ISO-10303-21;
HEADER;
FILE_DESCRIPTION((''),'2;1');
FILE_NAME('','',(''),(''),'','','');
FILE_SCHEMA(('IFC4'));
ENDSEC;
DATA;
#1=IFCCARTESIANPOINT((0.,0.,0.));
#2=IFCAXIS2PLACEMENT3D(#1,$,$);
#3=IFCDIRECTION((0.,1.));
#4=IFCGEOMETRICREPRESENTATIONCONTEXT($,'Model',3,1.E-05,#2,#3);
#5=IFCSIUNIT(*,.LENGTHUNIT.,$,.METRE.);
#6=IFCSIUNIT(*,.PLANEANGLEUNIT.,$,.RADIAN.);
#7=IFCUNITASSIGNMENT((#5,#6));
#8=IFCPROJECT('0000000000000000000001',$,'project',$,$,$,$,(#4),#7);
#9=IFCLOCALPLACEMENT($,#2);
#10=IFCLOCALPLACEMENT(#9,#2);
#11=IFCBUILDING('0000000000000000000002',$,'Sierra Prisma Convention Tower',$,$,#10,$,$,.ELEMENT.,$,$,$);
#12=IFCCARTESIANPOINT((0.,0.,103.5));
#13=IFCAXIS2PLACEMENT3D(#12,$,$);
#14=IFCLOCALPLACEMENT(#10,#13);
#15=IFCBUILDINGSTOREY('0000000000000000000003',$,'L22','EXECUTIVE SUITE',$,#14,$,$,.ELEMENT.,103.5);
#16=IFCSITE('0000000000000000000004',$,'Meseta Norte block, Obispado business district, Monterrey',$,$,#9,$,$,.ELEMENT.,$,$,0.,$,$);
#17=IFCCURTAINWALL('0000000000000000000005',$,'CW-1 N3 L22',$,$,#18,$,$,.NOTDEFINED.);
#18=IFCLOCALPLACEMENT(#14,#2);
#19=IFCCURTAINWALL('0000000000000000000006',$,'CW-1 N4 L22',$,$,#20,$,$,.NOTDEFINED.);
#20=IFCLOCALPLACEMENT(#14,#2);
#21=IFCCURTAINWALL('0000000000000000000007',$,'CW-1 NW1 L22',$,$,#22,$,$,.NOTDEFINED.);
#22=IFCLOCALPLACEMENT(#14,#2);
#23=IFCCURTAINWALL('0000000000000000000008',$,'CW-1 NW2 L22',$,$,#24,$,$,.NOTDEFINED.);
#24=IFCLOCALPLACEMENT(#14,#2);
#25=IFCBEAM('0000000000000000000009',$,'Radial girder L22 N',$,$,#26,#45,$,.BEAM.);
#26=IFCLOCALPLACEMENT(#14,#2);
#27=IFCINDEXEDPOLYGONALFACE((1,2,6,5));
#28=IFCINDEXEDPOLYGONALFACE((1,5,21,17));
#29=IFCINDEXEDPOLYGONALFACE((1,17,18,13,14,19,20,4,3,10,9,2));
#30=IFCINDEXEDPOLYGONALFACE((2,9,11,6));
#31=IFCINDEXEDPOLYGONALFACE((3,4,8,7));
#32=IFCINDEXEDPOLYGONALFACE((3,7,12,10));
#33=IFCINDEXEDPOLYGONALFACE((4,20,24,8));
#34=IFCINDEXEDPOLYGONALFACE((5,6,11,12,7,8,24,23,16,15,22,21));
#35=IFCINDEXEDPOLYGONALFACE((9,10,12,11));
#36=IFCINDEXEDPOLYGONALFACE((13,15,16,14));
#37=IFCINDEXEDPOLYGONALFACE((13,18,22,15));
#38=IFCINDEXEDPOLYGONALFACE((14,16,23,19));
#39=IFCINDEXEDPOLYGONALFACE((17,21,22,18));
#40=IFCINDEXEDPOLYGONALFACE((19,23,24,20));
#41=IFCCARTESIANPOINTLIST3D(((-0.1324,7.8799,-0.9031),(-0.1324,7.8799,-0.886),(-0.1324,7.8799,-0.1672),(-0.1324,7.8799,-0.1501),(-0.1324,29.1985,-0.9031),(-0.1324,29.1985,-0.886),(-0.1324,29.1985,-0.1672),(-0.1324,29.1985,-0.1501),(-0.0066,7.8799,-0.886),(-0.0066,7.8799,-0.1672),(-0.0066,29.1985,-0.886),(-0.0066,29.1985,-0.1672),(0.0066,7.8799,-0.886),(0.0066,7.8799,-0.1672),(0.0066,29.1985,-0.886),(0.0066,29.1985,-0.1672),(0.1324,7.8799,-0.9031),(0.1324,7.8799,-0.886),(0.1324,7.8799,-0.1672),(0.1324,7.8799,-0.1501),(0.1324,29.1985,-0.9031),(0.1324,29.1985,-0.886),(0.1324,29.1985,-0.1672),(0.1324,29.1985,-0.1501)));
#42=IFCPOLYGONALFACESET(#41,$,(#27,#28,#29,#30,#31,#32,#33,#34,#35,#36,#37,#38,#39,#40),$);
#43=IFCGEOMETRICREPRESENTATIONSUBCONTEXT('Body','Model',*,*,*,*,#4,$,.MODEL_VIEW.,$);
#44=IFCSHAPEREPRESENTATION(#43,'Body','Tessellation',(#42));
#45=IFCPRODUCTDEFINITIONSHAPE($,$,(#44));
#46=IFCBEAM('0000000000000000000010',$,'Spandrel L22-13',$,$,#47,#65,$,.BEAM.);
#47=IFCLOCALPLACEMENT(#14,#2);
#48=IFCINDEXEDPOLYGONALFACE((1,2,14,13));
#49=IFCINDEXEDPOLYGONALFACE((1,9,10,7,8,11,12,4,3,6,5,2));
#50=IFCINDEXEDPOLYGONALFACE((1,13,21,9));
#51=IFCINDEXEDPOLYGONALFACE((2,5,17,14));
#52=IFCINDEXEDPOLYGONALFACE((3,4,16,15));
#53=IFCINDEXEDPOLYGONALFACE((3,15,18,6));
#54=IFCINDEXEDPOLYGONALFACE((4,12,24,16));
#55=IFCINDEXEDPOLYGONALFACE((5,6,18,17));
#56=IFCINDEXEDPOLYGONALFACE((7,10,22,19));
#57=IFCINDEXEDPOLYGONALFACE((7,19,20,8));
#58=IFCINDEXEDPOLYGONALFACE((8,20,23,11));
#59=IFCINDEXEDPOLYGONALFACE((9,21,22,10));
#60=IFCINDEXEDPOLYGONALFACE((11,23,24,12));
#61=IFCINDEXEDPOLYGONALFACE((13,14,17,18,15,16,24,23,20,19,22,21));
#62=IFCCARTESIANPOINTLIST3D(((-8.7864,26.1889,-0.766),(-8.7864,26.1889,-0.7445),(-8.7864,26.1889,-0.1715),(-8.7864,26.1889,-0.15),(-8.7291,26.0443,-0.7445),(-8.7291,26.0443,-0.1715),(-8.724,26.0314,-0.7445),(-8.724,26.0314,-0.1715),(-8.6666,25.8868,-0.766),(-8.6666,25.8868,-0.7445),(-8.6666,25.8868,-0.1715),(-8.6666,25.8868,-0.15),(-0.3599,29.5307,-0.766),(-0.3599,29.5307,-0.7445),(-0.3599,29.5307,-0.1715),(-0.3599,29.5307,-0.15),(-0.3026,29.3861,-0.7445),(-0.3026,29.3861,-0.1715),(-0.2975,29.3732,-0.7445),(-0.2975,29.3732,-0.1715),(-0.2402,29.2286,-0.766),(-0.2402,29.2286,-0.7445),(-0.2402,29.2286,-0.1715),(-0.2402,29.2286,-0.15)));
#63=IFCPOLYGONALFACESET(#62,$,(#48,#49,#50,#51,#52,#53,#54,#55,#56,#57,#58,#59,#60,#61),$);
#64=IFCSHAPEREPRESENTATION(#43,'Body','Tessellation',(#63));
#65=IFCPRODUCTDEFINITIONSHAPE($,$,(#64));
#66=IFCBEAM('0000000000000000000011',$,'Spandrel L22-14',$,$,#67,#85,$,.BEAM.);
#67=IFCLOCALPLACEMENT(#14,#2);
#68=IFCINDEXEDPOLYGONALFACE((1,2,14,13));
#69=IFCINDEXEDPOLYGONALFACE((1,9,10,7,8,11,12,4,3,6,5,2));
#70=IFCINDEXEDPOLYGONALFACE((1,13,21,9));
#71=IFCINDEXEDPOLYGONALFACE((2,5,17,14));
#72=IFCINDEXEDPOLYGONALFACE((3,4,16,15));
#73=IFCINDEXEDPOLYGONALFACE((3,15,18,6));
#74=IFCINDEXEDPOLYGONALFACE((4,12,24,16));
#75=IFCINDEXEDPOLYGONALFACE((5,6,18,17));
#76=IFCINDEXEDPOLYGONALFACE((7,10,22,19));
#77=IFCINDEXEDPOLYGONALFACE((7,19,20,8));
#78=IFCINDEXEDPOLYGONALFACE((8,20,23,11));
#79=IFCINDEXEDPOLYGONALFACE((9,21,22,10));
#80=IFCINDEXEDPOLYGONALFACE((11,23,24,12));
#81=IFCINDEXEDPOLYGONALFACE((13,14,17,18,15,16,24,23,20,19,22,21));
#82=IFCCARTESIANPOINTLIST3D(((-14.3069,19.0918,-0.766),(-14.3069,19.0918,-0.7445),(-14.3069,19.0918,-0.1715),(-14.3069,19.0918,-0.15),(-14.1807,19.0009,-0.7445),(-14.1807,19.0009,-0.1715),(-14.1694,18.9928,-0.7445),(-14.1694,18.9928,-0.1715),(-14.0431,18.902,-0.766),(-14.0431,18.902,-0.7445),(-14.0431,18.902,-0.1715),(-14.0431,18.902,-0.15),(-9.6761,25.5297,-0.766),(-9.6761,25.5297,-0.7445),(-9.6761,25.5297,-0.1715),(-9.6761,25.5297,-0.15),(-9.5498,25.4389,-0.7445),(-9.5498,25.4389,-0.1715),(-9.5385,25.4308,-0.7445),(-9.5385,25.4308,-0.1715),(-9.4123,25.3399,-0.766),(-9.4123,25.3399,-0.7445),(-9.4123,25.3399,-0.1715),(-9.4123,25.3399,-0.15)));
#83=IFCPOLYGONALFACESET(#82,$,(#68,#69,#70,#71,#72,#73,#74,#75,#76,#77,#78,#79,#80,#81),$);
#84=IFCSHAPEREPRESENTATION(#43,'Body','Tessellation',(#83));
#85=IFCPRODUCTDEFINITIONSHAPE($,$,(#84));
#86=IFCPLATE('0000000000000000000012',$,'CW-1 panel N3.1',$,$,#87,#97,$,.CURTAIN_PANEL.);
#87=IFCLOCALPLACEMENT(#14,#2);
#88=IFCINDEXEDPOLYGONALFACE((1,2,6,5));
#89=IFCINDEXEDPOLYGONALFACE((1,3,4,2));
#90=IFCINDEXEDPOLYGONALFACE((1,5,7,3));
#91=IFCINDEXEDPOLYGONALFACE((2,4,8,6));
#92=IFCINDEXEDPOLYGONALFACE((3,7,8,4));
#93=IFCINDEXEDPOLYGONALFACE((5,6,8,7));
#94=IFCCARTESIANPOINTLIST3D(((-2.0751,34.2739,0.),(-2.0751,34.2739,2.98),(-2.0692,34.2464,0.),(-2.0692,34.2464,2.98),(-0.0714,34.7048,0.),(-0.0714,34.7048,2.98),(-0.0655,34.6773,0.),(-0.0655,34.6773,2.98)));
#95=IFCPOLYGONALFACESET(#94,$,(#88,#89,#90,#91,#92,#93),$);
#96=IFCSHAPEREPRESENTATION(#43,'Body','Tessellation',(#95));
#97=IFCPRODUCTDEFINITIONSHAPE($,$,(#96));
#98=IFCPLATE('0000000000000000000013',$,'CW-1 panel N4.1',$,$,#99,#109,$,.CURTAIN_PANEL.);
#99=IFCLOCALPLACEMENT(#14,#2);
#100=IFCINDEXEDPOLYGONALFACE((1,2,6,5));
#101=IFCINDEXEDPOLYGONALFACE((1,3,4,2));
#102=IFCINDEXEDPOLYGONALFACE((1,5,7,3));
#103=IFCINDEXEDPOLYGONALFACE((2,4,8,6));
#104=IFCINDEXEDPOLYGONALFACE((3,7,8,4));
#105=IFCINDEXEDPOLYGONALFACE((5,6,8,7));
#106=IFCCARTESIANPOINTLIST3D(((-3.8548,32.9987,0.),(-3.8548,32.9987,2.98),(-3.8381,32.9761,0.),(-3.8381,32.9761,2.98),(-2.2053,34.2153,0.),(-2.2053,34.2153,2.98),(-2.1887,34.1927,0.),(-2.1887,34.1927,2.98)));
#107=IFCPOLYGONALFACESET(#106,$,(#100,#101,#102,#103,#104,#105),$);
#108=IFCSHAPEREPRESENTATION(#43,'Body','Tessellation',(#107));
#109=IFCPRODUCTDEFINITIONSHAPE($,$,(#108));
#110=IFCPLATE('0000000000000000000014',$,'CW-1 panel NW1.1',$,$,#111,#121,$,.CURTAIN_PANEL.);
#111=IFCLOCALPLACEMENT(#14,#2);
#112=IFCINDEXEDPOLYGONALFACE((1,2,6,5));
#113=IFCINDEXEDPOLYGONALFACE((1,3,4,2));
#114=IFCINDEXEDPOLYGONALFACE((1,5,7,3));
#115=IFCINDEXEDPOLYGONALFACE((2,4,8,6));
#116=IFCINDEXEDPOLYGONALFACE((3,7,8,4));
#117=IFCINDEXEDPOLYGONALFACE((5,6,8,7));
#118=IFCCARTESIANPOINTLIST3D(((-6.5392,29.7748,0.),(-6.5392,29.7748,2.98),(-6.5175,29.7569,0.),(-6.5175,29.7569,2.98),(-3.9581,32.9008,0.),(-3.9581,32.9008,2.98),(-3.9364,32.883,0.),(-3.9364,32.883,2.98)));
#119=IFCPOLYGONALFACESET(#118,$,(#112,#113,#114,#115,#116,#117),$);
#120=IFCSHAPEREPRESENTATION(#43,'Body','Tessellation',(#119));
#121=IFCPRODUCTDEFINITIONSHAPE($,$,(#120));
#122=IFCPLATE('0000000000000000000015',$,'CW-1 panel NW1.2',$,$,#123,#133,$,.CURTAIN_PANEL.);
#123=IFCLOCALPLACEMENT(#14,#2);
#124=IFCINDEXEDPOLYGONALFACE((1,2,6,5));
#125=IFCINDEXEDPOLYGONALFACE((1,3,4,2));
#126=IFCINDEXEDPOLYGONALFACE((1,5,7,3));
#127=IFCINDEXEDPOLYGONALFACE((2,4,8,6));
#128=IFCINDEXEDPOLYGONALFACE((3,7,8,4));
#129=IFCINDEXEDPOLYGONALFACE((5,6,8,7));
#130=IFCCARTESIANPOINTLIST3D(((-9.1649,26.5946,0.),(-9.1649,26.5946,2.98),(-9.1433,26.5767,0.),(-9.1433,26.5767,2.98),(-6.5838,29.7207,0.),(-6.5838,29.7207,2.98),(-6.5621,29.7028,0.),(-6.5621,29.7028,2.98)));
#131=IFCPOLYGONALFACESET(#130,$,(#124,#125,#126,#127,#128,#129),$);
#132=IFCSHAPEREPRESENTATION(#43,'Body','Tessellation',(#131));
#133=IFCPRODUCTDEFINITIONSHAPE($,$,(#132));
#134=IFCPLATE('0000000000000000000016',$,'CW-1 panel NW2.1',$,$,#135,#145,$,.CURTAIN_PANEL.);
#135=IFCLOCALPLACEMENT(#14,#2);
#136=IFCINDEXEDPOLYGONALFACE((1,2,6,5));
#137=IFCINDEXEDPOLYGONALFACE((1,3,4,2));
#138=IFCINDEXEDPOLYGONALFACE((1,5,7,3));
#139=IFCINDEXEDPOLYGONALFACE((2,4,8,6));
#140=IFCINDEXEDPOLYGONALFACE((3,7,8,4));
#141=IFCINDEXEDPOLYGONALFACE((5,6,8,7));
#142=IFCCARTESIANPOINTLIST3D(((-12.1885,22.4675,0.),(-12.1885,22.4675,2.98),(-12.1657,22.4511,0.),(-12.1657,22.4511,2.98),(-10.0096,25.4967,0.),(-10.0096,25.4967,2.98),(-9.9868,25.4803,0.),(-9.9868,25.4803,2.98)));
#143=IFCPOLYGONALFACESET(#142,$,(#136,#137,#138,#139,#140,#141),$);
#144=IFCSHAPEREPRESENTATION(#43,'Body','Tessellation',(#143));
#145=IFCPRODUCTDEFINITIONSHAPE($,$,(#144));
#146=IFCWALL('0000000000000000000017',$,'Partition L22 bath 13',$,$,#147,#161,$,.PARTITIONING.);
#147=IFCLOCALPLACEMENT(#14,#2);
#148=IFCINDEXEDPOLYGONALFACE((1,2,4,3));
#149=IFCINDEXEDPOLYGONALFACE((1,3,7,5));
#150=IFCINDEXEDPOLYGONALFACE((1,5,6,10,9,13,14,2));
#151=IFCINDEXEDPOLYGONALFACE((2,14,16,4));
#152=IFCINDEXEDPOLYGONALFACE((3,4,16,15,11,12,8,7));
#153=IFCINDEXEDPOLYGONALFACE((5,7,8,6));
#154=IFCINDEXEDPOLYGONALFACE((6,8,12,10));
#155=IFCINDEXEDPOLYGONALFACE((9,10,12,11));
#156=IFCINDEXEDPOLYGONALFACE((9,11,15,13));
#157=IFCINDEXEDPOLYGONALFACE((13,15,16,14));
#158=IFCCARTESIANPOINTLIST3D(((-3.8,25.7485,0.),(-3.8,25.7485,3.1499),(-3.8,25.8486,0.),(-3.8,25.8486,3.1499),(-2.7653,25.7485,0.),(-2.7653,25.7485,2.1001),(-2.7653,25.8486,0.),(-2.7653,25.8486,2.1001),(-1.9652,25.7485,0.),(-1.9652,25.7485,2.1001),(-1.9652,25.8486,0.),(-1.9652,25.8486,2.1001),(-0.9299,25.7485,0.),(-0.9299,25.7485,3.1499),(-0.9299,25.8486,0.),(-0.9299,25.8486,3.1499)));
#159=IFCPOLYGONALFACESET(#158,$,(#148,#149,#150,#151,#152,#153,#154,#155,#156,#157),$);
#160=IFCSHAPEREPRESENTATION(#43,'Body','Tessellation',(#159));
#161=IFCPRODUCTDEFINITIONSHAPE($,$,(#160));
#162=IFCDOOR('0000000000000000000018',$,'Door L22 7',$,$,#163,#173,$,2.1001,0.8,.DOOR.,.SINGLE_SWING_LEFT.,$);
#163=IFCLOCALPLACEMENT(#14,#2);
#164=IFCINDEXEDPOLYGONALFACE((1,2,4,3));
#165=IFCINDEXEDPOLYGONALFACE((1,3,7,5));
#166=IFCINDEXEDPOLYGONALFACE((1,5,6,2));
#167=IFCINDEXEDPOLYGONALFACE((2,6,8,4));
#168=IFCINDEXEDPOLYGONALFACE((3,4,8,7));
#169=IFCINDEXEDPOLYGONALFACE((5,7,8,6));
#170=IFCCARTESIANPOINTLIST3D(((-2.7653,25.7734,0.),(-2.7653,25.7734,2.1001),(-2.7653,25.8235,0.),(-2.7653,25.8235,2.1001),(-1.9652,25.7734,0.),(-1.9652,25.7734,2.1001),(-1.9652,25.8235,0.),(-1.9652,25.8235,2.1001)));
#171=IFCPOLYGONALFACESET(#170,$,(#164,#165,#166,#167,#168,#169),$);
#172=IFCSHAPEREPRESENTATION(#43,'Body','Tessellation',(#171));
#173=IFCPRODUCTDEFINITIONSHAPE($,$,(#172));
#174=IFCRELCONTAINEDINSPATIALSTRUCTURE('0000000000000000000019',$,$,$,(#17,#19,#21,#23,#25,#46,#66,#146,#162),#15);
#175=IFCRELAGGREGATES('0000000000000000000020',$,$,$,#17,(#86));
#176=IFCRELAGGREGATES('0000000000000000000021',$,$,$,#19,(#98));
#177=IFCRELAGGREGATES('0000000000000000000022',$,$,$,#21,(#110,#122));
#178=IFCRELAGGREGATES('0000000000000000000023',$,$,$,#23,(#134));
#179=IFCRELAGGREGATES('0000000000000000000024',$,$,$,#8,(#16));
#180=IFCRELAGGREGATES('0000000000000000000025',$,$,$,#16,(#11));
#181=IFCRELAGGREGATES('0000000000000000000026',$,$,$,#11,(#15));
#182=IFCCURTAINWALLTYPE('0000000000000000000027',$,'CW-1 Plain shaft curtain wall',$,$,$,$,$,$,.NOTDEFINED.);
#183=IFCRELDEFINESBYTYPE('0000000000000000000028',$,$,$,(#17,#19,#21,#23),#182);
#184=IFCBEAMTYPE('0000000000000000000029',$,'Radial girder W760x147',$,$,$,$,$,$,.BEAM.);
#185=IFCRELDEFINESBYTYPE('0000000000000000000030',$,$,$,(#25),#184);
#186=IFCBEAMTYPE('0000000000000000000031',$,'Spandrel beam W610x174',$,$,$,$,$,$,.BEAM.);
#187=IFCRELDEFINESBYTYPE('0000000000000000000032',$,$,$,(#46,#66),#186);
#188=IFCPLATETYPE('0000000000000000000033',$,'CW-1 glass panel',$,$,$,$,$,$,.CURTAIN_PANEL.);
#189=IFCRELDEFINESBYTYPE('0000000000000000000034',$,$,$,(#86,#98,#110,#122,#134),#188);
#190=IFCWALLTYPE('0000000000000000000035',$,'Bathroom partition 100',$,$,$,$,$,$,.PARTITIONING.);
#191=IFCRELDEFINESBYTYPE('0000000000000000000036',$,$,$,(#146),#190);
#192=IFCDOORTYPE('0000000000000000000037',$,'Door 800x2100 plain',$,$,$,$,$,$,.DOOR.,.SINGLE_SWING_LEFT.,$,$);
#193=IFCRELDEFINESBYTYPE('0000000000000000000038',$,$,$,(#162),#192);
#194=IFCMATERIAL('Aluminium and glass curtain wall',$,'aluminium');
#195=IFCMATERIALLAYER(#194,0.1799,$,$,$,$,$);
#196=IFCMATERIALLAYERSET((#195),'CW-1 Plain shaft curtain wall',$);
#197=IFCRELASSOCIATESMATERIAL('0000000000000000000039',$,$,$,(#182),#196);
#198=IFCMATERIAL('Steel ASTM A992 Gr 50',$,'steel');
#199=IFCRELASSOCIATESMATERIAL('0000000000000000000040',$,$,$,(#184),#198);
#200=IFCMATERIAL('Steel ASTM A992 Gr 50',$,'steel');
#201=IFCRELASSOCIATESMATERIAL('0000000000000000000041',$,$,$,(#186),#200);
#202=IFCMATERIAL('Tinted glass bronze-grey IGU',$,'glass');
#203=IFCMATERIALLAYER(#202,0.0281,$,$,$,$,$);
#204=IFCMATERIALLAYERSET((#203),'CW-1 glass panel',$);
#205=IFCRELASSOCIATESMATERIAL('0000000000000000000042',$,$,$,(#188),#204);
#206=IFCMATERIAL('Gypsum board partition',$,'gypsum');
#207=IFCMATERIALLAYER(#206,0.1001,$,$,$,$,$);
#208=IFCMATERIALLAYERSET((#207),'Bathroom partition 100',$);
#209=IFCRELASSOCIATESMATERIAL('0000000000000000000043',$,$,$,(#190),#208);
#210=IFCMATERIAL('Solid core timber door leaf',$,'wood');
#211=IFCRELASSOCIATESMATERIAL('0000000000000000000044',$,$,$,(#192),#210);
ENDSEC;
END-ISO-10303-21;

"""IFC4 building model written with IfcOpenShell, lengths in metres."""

from ifc_helpers import new_model, si_unit, direction, frame, frame_2d, origin, origin_2d, place, context, subcontext, project, spatial, rectangle, i_section, extrude, material, layer, layer_set, material_profile, profile_set, type_object, element, fill, aggregate, save


model = new_model("IFC4")

# Units and contexts
model_context = context("Model", 3, precision=1e-05, world=origin(), true_north=direction((0.0, 1.0)))
body_context = subcontext(model_context, "Body", "Model", "MODEL_VIEW")
ifc_project = project(units=[si_unit("LENGTHUNIT", "METRE"), si_unit("PLANEANGLEUNIT", "RADIAN")], contexts=[model_context])

# Site, building, storey
site_placement = place(None, origin())
site = spatial("IfcSite", under=ifc_project, at=site_placement, Name="Meseta Norte block, Obispado business district, Monterrey", CompositionType="ELEMENT", RefElevation=0.0)
building_placement = place(site_placement, origin())
building = spatial("IfcBuilding", under=site, at=building_placement, Name="Sierra Prisma Convention Tower", CompositionType="ELEMENT")
storey_placement = place(building_placement, frame((0.0, 0.0, 103.5)))
storey = spatial("IfcBuildingStorey", under=building, at=storey_placement, Name="L22", Description="EXECUTIVE SUITE", CompositionType="ELEMENT", Elevation=103.5)

# Curtain walls
ifc_material_1 = material(Name="Aluminium and glass curtain wall", Category="aluminium")
ifc_layer_1 = layer(ifc_material_1, 0.1799)
ifc_layer_set_1 = layer_set([ifc_layer_1], Name="CW-1 Plain shaft curtain wall")
curtain_wall_type = type_object("IfcCurtainWallType", Name="CW-1 Plain shaft curtain wall", PredefinedType="NOTDEFINED", material=ifc_layer_set_1)
curtain_wall_1_placement = place(storey_placement, origin())
curtain_wall_1 = element("IfcCurtainWall", 1, at=curtain_wall_1_placement, inside=storey, type_object=curtain_wall_type, Name="CW-1 N3 L22", PredefinedType="NOTDEFINED")
curtain_wall_2_placement = place(storey_placement, origin())
curtain_wall_2 = element("IfcCurtainWall", 2, at=curtain_wall_2_placement, inside=storey, type_object=curtain_wall_type, Name="CW-1 N4 L22", PredefinedType="NOTDEFINED")

# Curtain wall
curtain_wall_3_placement = place(storey_placement, origin())
curtain_wall_3 = element("IfcCurtainWall", 3, at=curtain_wall_3_placement, inside=storey, type_object=curtain_wall_type, Name="CW-1 NW1 L22", PredefinedType="NOTDEFINED")

# Curtain wall
curtain_wall_4_placement = place(storey_placement, origin())
curtain_wall_4 = element("IfcCurtainWall", 4, at=curtain_wall_4_placement, inside=storey, type_object=curtain_wall_type, Name="CW-1 NW2 L22", PredefinedType="NOTDEFINED")

# Beams
ifc_material_2 = material(Name="Steel ASTM A992 Gr 50", Category="steel")
ifc_material_profile_1 = material_profile(ifc_material_2, i_section(OverallWidth=0.2649, OverallDepth=0.7529, WebThickness=0.0132, FlangeThickness=0.0171, at=origin_2d()), Name="W760x147")
ifc_profile_set_1 = profile_set([ifc_material_profile_1], Name="Steel ASTM A992 Gr 50")
beam_type_1 = type_object("IfcBeamType", Name="Radial girder W760x147", PredefinedType="BEAM", material=ifc_profile_set_1)
beam_1_placement = place(storey_placement, frame((0.0, 29.1985, -0.5266), z_axis=(0.0, -1.0, 0.0), x_axis=(1.0, 0.0, 0.0)))
element("IfcBeam", 5, at=beam_1_placement, inside=storey, type_object=beam_type_1, Name="Radial girder L22 N", PredefinedType="BEAM", context=body_context, shape_type="SweptSolid", body=[
    extrude(i_section(OverallWidth=0.2649, OverallDepth=0.7529, WebThickness=0.0132, FlangeThickness=0.0171, at=origin_2d()), origin(), (0.0, 0.0, 1.0), 21.3186),
])
ifc_material_3 = material(Name="Steel ASTM A992 Gr 50", Category="steel")
ifc_material_profile_2 = material_profile(ifc_material_3, i_section(OverallWidth=0.325, OverallDepth=0.616, WebThickness=0.0139, FlangeThickness=0.0215, at=origin_2d()), Name="W610x174")
ifc_profile_set_2 = profile_set([ifc_material_profile_2], Name="Steel ASTM A992 Gr 50")
beam_type_2 = type_object("IfcBeamType", Name="Spandrel beam W610x174", PredefinedType="BEAM", material=ifc_profile_set_2)
beam_2_placement = place(storey_placement, frame((-0.3, 29.3796, -0.458), z_axis=(-0.929569, -0.368649, 0.0), x_axis=(0.368649, -0.929569, 0.0)))
element("IfcBeam", 6, at=beam_2_placement, inside=storey, type_object=beam_type_2, Name="Spandrel L22-13", PredefinedType="BEAM", context=body_context, shape_type="SweptSolid", body=[
    extrude(i_section(OverallWidth=0.325, OverallDepth=0.616, WebThickness=0.0139, FlangeThickness=0.0215, at=origin_2d()), origin(), (0.0, 0.0, 1.0), 9.0649),
])
beam_3_placement = place(storey_placement, frame((-9.5442, 25.4348, -0.458), z_axis=(-0.583932, -0.811803, 0.0), x_axis=(0.811803, -0.583932, 0.0)))
element("IfcBeam", 7, at=beam_3_placement, inside=storey, type_object=beam_type_2, Name="Spandrel L22-14", PredefinedType="BEAM", context=body_context, shape_type="SweptSolid", body=[
    extrude(i_section(OverallWidth=0.325, OverallDepth=0.616, WebThickness=0.0139, FlangeThickness=0.0215, at=origin_2d()), origin(), (0.0, 0.0, 1.0), 7.9304),
])

# Plates
ifc_material_4 = material(Name="Tinted glass bronze-grey IGU", Category="glass")
ifc_layer_2 = layer(ifc_material_4, 0.0281)
ifc_layer_set_2 = layer_set([ifc_layer_2], Name="CW-1 glass panel")
plate_type = type_object("IfcPlateType", Name="CW-1 glass panel", PredefinedType="CURTAIN_PANEL", material=ifc_layer_set_2)
plate_1_placement = place(storey_placement, frame((-1.0703, 34.4756, 0.0), z_axis=(0.0, 0.0, 1.0), x_axis=(-0.97765, -0.210239, 0.0)))
plate_1 = element("IfcPlate", 8, at=plate_1_placement, type_object=plate_type, Name="CW-1 panel N3.1", PredefinedType="CURTAIN_PANEL", context=body_context, shape_type="SweptSolid", body=[
    extrude(rectangle(XDim=2.0496, YDim=0.0281, at=origin_2d()), origin(), (0.0, 0.0, 1.0), 2.98),
])
aggregate(curtain_wall_1, [plate_1])
plate_2_placement = place(storey_placement, frame((-3.0217, 33.5957, 0.0), z_axis=(0.0, 0.0, 1.0), x_axis=(-0.804799, -0.593547, 0.0)))
plate_2 = element("IfcPlate", 9, at=plate_2_placement, type_object=plate_type, Name="CW-1 panel N4.1", PredefinedType="CURTAIN_PANEL", context=body_context, shape_type="SweptSolid", body=[
    extrude(rectangle(XDim=2.0496, YDim=0.0281, at=origin_2d()), origin(), (0.0, 0.0, 1.0), 2.98),
])
aggregate(curtain_wall_2, [plate_2])
plate_3_placement = place(storey_placement, frame((-5.2378, 31.3289, 0.0), z_axis=(0.0, 0.0, 1.0), x_axis=(-0.636689, -0.77112, 0.0)))
plate_3 = element("IfcPlate", 10, at=plate_3_placement, type_object=plate_type, Name="CW-1 panel NW1.1", PredefinedType="CURTAIN_PANEL", context=body_context, shape_type="SweptSolid", body=[
    extrude(rectangle(XDim=4.054, YDim=0.0281, at=origin_2d()), origin(), (0.0, 0.0, 1.0), 2.98),
])
plate_4_placement = place(storey_placement, frame((-7.8635, 28.1487, 0.0), z_axis=(0.0, 0.0, 1.0), x_axis=(-0.636689, -0.77112, 0.0)))
plate_4 = element("IfcPlate", 11, at=plate_4_placement, type_object=plate_type, Name="CW-1 panel NW1.2", PredefinedType="CURTAIN_PANEL", context=body_context, shape_type="SweptSolid", body=[
    extrude(rectangle(XDim=4.054, YDim=0.0281, at=origin_2d()), origin(), (0.0, 0.0, 1.0), 2.98),
])
aggregate(curtain_wall_3, [plate_3, plate_4])
plate_5_placement = place(storey_placement, frame((-11.0876, 23.9739, 0.0), z_axis=(0.0, 0.0, 1.0), x_axis=(-0.583927, -0.811806, 0.0)))
plate_5 = element("IfcPlate", 12, at=plate_5_placement, type_object=plate_type, Name="CW-1 panel NW2.1", PredefinedType="CURTAIN_PANEL", context=body_context, shape_type="SweptSolid", body=[
    extrude(rectangle(XDim=3.7314, YDim=0.0281, at=origin_2d()), origin(), (0.0, 0.0, 1.0), 2.98),
])
aggregate(curtain_wall_4, [plate_5])

# Wall, opening, door
ifc_material_5 = material(Name="Gypsum board partition", Category="gypsum")
ifc_layer_3 = layer(ifc_material_5, 0.1001)
ifc_layer_set_3 = layer_set([ifc_layer_3], Name="Bathroom partition 100")
wall_type_1 = type_object("IfcWallType", Name="Bathroom partition 100", PredefinedType="PARTITIONING", material=ifc_layer_set_3)
wall_1_placement = place(storey_placement, frame((-3.8, 25.7986, 0.0), z_axis=(0.0, 0.0, 1.0), x_axis=(1.0, 0.0, 0.0)))
wall_1 = element("IfcWall", 13, at=wall_1_placement, inside=storey, type_object=wall_type_1, Name="Partition L22 bath 13", PredefinedType="PARTITIONING", context=body_context, shape_type="SweptSolid", body=[
    extrude(rectangle(XDim=2.8701, YDim=0.1001, at=frame_2d((1.4351, 0.0))), origin(), (0.0, 0.0, 1.0), 3.1499),
])
opening_1_placement = place(wall_1_placement, frame((1.0349, 0.0, 0.0)))
opening_1 = element("IfcOpeningElement", 14, at=opening_1_placement, cuts=wall_1, PredefinedType="OPENING", context=body_context, shape_type="SweptSolid", body=[
    extrude(rectangle(XDim=0.8, YDim=2.1001, at=frame_2d((0.3999, 1.05))), frame((0.0, 0.05, 0.0), z_axis=(0.0, -1.0, 0.0), x_axis=(1.0, 0.0, 0.0)), (0.0, 0.0, 1.0), 0.1001),
])
ifc_material_6 = material(Name="Solid core timber door leaf", Category="wood")
door_type_1 = type_object("IfcDoorType", Name="Door 800x2100 plain", OperationType="SINGLE_SWING_LEFT", PredefinedType="DOOR", material=ifc_material_6)
door_1_placement = place(opening_1_placement, origin())
door_1 = element("IfcDoor", 15, at=door_1_placement, inside=storey, type_object=door_type_1, Name="Door L22 7", OperationType="SINGLE_SWING_LEFT", OverallHeight=2.1001, OverallWidth=0.8, PredefinedType="DOOR", context=body_context, shape_type="SweptSolid", body=[
    extrude(rectangle(XDim=0.8, YDim=2.1001, at=frame_2d((0.3999, 1.05))), frame((0.0, 0.0249, 0.0), z_axis=(0.0, -1.0, 0.0), x_axis=(1.0, 0.0, 0.0)), (0.0, 0.0, 1.0), 0.05),
])
fill(opening_1, door_1)

save(model, "model.ifc")
